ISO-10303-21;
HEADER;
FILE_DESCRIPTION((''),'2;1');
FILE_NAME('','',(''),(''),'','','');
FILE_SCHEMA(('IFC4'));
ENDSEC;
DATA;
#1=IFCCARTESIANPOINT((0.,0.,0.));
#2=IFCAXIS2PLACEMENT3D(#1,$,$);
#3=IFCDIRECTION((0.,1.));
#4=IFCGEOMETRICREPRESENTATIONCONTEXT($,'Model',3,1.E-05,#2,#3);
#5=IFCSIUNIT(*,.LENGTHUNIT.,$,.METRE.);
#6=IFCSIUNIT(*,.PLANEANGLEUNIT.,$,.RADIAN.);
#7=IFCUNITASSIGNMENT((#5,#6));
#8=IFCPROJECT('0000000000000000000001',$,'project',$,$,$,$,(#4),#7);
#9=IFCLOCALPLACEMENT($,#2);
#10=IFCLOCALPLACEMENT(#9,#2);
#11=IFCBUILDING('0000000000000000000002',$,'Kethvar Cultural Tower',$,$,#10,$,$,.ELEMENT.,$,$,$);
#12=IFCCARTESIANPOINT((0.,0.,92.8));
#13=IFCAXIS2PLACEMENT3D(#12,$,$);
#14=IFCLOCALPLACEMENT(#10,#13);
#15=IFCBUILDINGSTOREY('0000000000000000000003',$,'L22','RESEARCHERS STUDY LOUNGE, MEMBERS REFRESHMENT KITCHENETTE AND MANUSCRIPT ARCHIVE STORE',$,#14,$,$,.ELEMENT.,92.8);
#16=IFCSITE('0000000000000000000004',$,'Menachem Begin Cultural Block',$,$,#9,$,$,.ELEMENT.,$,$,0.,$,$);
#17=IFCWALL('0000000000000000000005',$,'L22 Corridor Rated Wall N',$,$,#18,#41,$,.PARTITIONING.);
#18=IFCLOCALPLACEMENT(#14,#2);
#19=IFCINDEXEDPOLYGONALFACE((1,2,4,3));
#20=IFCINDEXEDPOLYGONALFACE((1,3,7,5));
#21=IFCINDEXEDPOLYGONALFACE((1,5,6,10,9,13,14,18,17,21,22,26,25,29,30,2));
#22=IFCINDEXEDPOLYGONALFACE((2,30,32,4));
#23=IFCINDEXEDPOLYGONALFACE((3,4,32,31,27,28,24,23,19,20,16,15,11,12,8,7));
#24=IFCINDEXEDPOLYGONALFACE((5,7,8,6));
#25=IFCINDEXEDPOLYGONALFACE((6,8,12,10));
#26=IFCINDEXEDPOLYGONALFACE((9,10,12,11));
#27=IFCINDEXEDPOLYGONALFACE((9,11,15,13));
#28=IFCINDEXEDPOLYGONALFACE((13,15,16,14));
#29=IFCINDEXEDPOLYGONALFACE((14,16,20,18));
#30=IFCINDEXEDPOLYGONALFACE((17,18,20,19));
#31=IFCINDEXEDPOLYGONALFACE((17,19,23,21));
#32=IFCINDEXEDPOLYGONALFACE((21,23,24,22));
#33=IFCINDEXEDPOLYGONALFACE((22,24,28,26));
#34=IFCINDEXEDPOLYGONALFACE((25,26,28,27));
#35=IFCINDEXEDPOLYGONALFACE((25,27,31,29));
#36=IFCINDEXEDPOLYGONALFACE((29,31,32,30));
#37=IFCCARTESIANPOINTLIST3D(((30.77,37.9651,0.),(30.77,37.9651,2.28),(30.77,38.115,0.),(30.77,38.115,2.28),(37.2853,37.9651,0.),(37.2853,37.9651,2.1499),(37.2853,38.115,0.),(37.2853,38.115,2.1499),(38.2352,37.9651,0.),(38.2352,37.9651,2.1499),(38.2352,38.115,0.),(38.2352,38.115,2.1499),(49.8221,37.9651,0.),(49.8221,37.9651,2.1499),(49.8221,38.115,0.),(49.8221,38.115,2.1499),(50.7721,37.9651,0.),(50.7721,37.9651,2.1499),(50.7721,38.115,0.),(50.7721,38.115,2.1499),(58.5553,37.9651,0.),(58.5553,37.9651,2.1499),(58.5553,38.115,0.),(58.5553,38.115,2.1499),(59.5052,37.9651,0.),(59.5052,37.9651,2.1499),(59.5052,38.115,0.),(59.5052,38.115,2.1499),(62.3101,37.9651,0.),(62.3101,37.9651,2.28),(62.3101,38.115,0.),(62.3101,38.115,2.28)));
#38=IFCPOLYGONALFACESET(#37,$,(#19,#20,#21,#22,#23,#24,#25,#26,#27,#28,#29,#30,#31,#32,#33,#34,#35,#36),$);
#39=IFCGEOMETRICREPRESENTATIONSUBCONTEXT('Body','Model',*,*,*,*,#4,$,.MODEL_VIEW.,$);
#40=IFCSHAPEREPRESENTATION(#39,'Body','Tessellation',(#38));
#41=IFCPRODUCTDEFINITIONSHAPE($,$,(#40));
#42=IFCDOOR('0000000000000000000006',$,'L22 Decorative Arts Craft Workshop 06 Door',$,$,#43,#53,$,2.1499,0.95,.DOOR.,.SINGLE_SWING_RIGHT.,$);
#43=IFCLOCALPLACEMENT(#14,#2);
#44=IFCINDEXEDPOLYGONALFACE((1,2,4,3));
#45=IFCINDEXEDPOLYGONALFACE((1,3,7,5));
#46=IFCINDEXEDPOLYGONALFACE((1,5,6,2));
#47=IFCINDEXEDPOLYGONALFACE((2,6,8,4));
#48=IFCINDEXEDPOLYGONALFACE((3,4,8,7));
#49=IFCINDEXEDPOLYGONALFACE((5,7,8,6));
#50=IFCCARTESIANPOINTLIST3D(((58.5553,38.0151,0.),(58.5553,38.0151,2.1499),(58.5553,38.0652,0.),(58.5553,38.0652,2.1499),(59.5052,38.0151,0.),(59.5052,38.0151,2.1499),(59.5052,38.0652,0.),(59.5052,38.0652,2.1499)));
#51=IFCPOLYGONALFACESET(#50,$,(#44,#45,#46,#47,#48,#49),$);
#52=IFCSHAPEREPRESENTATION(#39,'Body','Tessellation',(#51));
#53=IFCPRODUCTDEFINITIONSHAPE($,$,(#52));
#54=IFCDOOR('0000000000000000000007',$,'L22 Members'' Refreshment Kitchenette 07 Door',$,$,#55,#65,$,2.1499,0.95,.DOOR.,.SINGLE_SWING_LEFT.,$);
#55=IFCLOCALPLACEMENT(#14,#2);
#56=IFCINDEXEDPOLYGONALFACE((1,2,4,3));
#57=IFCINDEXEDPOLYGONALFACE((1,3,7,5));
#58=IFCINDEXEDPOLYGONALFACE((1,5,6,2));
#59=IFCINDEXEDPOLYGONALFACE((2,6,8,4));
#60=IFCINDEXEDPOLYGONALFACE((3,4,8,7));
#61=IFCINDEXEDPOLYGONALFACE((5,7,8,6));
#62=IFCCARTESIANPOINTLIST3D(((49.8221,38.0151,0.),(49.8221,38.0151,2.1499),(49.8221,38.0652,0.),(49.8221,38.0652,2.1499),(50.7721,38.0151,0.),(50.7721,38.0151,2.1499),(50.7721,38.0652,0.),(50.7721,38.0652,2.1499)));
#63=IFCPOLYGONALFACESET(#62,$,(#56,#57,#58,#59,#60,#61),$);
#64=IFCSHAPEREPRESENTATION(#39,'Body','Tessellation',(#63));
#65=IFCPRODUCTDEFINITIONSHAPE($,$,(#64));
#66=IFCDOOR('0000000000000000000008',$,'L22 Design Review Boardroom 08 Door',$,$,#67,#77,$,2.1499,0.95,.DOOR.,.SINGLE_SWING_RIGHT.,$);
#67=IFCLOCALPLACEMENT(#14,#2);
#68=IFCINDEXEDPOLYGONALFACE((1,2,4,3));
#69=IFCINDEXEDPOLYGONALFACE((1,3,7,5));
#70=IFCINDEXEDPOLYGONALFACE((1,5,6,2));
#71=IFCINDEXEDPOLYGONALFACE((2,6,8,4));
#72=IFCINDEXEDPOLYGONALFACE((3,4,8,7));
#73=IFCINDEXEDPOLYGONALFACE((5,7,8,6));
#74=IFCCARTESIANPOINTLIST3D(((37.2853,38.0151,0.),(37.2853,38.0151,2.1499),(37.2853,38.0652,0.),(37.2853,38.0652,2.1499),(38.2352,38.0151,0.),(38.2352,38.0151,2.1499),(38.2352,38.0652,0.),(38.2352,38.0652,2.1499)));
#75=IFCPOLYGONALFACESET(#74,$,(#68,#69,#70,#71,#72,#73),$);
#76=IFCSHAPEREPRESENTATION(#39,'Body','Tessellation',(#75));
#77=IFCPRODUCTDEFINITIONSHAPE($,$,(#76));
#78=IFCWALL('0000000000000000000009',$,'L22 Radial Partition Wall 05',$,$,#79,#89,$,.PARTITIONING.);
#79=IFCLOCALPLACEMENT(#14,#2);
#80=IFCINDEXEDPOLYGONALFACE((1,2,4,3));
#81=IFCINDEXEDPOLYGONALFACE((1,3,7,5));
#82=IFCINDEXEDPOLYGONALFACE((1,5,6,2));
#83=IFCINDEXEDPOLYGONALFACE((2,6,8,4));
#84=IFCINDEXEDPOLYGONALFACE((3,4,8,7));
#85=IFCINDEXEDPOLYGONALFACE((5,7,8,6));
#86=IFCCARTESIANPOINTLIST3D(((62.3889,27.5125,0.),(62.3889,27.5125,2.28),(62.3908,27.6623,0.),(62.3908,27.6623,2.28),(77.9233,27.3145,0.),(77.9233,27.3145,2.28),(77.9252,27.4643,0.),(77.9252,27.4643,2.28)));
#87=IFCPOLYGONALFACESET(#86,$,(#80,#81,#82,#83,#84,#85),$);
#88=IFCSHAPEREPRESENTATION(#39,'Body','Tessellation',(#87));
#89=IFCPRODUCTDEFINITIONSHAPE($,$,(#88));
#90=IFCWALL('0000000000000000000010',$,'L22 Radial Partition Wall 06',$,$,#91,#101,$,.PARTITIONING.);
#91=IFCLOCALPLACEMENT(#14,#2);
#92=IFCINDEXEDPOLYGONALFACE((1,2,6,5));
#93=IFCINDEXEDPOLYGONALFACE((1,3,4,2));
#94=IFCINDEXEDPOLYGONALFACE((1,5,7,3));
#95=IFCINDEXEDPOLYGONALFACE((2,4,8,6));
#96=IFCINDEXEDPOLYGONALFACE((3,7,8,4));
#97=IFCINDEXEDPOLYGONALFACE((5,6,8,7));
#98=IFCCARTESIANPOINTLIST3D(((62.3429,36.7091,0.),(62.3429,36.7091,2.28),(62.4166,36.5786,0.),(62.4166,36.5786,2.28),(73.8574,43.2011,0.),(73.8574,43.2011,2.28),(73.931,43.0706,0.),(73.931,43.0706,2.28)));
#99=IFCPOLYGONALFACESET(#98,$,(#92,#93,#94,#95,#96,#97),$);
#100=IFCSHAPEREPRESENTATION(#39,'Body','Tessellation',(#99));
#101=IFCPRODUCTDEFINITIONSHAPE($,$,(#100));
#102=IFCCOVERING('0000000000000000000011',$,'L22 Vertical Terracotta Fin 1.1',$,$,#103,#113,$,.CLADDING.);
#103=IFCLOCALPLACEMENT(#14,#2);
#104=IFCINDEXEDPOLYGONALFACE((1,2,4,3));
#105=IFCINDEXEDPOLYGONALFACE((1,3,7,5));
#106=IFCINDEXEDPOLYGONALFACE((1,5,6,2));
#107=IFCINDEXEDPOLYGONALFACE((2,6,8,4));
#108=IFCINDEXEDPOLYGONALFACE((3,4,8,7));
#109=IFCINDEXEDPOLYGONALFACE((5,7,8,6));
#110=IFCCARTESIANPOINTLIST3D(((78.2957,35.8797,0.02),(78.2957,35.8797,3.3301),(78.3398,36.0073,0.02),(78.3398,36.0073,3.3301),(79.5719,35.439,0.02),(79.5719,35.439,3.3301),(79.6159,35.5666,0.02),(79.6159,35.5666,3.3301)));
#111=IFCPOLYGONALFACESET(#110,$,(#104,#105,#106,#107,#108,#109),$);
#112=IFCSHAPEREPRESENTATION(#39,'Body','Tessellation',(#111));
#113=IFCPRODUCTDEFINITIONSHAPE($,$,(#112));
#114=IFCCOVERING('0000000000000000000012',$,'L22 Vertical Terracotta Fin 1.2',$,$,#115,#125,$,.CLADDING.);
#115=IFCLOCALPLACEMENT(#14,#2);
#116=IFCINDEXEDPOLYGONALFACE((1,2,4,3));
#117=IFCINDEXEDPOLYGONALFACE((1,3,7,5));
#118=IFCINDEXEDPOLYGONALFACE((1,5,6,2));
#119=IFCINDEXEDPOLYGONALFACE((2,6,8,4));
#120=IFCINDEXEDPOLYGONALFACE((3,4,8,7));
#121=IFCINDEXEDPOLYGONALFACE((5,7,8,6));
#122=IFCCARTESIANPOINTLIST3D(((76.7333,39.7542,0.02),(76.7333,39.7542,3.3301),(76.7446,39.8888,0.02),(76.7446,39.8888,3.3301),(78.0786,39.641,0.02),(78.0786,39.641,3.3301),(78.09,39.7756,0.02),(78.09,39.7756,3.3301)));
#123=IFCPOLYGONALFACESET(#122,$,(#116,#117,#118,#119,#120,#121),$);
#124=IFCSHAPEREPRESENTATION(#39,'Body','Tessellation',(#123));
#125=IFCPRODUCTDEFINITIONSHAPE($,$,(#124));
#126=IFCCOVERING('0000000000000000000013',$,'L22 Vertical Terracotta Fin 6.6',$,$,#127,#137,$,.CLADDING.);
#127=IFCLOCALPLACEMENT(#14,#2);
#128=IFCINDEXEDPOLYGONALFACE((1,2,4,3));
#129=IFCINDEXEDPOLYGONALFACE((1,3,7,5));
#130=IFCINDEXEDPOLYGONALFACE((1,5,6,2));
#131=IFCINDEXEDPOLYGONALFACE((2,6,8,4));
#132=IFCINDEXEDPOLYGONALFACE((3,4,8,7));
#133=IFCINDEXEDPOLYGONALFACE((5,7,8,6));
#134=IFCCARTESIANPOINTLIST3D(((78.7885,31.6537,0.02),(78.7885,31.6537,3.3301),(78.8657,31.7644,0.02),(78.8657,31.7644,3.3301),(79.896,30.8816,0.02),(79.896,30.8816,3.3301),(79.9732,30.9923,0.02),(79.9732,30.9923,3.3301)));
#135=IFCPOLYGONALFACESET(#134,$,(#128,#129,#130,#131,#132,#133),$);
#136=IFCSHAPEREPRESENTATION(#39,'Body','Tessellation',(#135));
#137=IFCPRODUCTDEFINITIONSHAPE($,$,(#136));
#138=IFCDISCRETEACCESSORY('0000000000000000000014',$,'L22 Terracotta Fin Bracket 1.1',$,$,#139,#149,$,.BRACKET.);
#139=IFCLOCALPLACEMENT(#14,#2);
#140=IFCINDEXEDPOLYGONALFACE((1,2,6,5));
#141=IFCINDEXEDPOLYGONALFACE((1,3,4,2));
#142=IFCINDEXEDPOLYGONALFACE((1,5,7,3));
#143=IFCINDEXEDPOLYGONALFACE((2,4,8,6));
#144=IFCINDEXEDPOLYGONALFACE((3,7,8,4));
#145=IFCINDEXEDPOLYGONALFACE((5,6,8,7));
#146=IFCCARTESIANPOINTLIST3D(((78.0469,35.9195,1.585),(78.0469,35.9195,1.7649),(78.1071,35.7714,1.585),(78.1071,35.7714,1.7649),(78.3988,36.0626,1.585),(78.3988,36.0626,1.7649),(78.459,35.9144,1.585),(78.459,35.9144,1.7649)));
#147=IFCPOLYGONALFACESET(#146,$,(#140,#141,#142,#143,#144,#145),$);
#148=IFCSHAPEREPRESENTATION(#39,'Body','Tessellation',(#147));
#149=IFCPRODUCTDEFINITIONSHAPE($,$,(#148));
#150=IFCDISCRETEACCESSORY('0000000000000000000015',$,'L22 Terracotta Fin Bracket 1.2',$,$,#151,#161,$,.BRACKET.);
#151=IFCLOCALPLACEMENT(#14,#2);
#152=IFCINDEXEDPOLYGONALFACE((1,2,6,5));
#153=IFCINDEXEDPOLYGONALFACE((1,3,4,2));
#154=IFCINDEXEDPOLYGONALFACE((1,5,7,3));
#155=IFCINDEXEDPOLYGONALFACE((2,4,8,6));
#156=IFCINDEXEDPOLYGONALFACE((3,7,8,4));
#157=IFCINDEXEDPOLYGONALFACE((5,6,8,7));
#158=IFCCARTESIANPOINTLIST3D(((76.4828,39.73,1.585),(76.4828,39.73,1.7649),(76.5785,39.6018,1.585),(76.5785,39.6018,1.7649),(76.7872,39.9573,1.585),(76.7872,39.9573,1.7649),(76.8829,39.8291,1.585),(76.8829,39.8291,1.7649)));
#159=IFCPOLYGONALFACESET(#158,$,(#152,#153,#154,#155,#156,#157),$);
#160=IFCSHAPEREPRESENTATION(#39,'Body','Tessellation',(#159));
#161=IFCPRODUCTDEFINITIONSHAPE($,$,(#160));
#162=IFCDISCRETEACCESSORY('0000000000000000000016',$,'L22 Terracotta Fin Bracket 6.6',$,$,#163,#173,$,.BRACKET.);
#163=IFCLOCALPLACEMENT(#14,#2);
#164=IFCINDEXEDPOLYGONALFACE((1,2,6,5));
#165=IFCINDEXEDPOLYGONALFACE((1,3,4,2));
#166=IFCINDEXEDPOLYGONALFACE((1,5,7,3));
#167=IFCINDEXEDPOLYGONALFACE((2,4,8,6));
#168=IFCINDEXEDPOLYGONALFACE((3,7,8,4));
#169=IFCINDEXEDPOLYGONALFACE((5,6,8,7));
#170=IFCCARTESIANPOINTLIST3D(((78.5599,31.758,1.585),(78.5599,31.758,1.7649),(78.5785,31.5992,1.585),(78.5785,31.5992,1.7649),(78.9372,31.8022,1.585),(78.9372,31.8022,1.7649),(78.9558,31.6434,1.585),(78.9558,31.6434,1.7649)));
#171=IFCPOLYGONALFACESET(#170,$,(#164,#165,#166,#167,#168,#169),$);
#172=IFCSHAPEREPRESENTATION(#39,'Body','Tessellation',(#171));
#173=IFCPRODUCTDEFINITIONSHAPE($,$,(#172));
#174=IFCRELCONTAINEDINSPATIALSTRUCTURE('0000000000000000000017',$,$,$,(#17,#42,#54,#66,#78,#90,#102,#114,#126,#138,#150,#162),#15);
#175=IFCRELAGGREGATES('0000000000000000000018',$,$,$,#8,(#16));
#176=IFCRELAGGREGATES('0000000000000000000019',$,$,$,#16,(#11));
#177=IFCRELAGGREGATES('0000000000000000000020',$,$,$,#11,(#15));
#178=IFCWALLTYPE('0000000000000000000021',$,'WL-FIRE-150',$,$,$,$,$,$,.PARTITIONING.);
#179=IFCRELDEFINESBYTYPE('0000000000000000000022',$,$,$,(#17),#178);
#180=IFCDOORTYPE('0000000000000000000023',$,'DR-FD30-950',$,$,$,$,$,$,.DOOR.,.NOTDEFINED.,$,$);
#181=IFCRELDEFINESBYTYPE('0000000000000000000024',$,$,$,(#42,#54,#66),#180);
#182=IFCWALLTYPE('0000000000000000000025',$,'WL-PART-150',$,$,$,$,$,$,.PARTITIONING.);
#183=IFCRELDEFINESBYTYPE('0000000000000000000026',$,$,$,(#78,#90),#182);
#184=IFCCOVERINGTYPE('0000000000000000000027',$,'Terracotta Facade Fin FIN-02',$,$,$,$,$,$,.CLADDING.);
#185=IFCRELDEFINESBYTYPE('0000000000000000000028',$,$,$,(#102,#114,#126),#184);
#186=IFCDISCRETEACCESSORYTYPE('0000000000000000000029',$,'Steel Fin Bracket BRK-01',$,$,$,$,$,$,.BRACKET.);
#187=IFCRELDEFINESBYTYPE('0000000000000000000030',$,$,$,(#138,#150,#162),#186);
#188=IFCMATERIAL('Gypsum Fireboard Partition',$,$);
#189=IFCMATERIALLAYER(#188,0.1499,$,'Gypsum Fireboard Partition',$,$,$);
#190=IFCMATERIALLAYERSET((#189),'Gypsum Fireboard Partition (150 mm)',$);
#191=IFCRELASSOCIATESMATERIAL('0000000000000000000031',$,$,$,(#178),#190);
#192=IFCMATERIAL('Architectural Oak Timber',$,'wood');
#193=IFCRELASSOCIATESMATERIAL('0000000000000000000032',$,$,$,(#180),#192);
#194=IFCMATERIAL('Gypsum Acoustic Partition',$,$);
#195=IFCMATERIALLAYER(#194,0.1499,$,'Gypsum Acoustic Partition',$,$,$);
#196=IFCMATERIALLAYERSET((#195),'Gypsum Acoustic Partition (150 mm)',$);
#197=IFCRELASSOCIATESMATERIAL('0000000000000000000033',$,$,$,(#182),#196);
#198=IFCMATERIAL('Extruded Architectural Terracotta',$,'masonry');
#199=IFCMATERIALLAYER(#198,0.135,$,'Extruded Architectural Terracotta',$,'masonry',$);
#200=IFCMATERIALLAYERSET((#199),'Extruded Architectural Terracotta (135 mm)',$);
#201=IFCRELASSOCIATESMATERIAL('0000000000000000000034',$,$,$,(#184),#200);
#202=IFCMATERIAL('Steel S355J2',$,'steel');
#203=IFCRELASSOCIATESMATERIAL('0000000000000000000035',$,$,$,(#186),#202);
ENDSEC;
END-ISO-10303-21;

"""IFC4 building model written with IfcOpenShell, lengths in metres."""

from ifc_helpers import new_model, si_unit, direction, frame, frame_2d, origin, origin_2d, place, context, subcontext, project, spatial, rectangle, extrude, source, transform, mapped, material, layer, layer_set, type_object, element, fill, save


model = new_model("IFC4")

# Units and contexts
model_context = context("Model", 3, precision=1e-05, world=origin(), true_north=direction((0.0, 1.0)))
body_context = subcontext(model_context, "Body", "Model", "MODEL_VIEW")
ifc_project = project(units=[si_unit("LENGTHUNIT", "METRE"), si_unit("PLANEANGLEUNIT", "RADIAN")], contexts=[model_context])

# Site, building, storey
site_placement = place(None, origin())
site = spatial("IfcSite", under=ifc_project, at=site_placement, Name="Menachem Begin Cultural Block", CompositionType="ELEMENT", RefElevation=0.0)
building_placement = place(site_placement, origin())
building = spatial("IfcBuilding", under=site, at=building_placement, Name="Kethvar Cultural Tower", CompositionType="ELEMENT")
storey_placement = place(building_placement, frame((0.0, 0.0, 92.8)))
storey = spatial("IfcBuildingStorey", under=building, at=storey_placement, Name="L22", Description="RESEARCHERS STUDY LOUNGE, MEMBERS REFRESHMENT KITCHENETTE AND MANUSCRIPT ARCHIVE STORE", CompositionType="ELEMENT", Elevation=92.8)

# Shared definitions
ifc_material_1 = material(Name="Steel S355J2", Category="steel")

# Wall, openings, doors
ifc_material_2 = material(Name="Gypsum Fireboard Partition")
ifc_layer_1 = layer(ifc_material_2, 0.1499, Name="Gypsum Fireboard Partition")
ifc_layer_set_1 = layer_set([ifc_layer_1], Name="Gypsum Fireboard Partition (150 mm)")
wall_type_1 = type_object("IfcWallType", Name="WL-FIRE-150", PredefinedType="PARTITIONING", material=ifc_layer_set_1)
wall_1_placement = place(storey_placement, frame((62.3101, 38.04, 0.0), z_axis=(0.0, 0.0, 1.0), x_axis=(-1.0, 0.0, 0.0)))
wall_1 = element("IfcWall", 1, at=wall_1_placement, inside=storey, type_object=wall_type_1, Name="L22 Corridor Rated Wall N", PredefinedType="PARTITIONING", context=body_context, shape_type="SweptSolid", body=[
    extrude(rectangle(XDim=31.54, YDim=0.1499, at=frame_2d((15.77, 0.0))), origin(), (0.0, 0.0, 1.0), 2.28),
])
opening_1_placement = place(wall_1_placement, frame((2.8047, 0.0, 0.0)))
opening_1 = element("IfcOpeningElement", 2, at=opening_1_placement, cuts=wall_1, PredefinedType="OPENING", context=body_context, shape_type="SweptSolid", body=[
    extrude(rectangle(XDim=0.95, YDim=2.1499, at=frame_2d((0.4751, 1.075))), frame((0.0, 0.085, 0.0), z_axis=(0.0, -1.0, 0.0), x_axis=(1.0, 0.0, 0.0)), (0.0, 0.0, 1.0), 0.1699),
])
opening_2_placement = place(wall_1_placement, frame((11.5378, 0.0, 0.0)))
opening_2 = element("IfcOpeningElement", 3, at=opening_2_placement, cuts=wall_1, PredefinedType="OPENING", context=body_context, shape_type="SweptSolid", body=[
    extrude(rectangle(XDim=0.95, YDim=2.1499, at=frame_2d((0.4751, 1.075))), frame((0.0, 0.085, 0.0), z_axis=(0.0, -1.0, 0.0), x_axis=(1.0, 0.0, 0.0)), (0.0, 0.0, 1.0), 0.1699),
])
opening_3_placement = place(wall_1_placement, frame((24.0747, 0.0, 0.0)))
opening_3 = element("IfcOpeningElement", 4, at=opening_3_placement, cuts=wall_1, PredefinedType="OPENING", context=body_context, shape_type="SweptSolid", body=[
    extrude(rectangle(XDim=0.95, YDim=2.1499, at=frame_2d((0.4751, 1.075))), frame((0.0, 0.085, 0.0), z_axis=(0.0, -1.0, 0.0), x_axis=(1.0, 0.0, 0.0)), (0.0, 0.0, 1.0), 0.1699),
])
ifc_material_3 = material(Name="Architectural Oak Timber", Category="wood")
door_type = type_object("IfcDoorType", Name="DR-FD30-950", OperationType="NOTDEFINED", PredefinedType="DOOR", material=ifc_material_3)
shared_shape_1 = source(origin(), body_context, "Body", "SweptSolid", [
    extrude(rectangle(XDim=0.95, YDim=2.1499, at=frame_2d((0.4751, 1.075))), frame((0.0, 0.0249, 0.0), z_axis=(0.0, -1.0, 0.0), x_axis=(1.0, 0.0, 0.0)), (0.0, 0.0, 1.0), 0.05),
])
door_1_placement = place(opening_1_placement, origin())
door_1 = element("IfcDoor", 5, at=door_1_placement, inside=storey, type_object=door_type, Name="L22 Decorative Arts Craft Workshop 06 Door", OperationType="SINGLE_SWING_RIGHT", OverallHeight=2.1499, OverallWidth=0.95, PredefinedType="DOOR", context=body_context, shape_type="MappedRepresentation", body=[
    mapped(shared_shape_1, transform((0.0, 0.0, 0.0), scale=1.0)),
])
fill(opening_1, door_1)
door_2_placement = place(opening_2_placement, origin())
door_2 = element("IfcDoor", 6, at=door_2_placement, inside=storey, type_object=door_type, Name="L22 Members' Refreshment Kitchenette 07 Door", OperationType="SINGLE_SWING_LEFT", OverallHeight=2.1499, OverallWidth=0.95, PredefinedType="DOOR", context=body_context, shape_type="MappedRepresentation", body=[
    mapped(shared_shape_1, transform((0.0, 0.0, 0.0), scale=1.0)),
])
fill(opening_2, door_2)
door_3_placement = place(opening_3_placement, origin())
door_3 = element("IfcDoor", 7, at=door_3_placement, inside=storey, type_object=door_type, Name="L22 Design Review Boardroom 08 Door", OperationType="SINGLE_SWING_RIGHT", OverallHeight=2.1499, OverallWidth=0.95, PredefinedType="DOOR", context=body_context, shape_type="MappedRepresentation", body=[
    mapped(shared_shape_1, transform((0.0, 0.0, 0.0), scale=1.0)),
])
fill(opening_3, door_3)

# Walls
ifc_material_4 = material(Name="Gypsum Acoustic Partition")
ifc_layer_2 = layer(ifc_material_4, 0.1499, Name="Gypsum Acoustic Partition")
ifc_layer_set_2 = layer_set([ifc_layer_2], Name="Gypsum Acoustic Partition (150 mm)")
wall_type_2 = type_object("IfcWallType", Name="WL-PART-150", PredefinedType="PARTITIONING", material=ifc_layer_set_2)
wall_2_placement = place(storey_placement, frame((62.3899, 27.5874, 0.0), z_axis=(0.0, 0.0, 1.0), x_axis=(0.999919, -0.012745, 0.0)))
element("IfcWall", 8, at=wall_2_placement, inside=storey, type_object=wall_type_2, Name="L22 Radial Partition Wall 05", PredefinedType="PARTITIONING", context=body_context, shape_type="SweptSolid", body=[
    extrude(rectangle(XDim=15.5356, YDim=0.1499, at=frame_2d((7.7678, 0.0))), origin(), (0.0, 0.0, 1.0), 2.28),
])
wall_3_placement = place(storey_placement, frame((62.3796, 36.6438, 0.0), z_axis=(0.0, 0.0, 1.0), x_axis=(0.871087, 0.491128, 0.0)))
element("IfcWall", 9, at=wall_3_placement, inside=storey, type_object=wall_type_2, Name="L22 Radial Partition Wall 06", PredefinedType="PARTITIONING", context=body_context, shape_type="SweptSolid", body=[
    extrude(rectangle(XDim=13.2185, YDim=0.1499, at=frame_2d((6.6094, 0.0))), origin(), (0.0, 0.0, 1.0), 2.28),
])

# Coverings
ifc_material_5 = material(Name="Extruded Architectural Terracotta", Category="masonry")
ifc_layer_3 = layer(ifc_material_5, 0.135, Name="Extruded Architectural Terracotta", Category="masonry")
ifc_layer_set_3 = layer_set([ifc_layer_3], Name="Extruded Architectural Terracotta (135 mm)")
covering_type = type_object("IfcCoveringType", Name="Terracotta Facade Fin FIN-02", PredefinedType="CLADDING", material=ifc_layer_set_3)
shared_shape_2 = source(origin(), body_context, "Body", "SweptSolid", [
    extrude(rectangle(XDim=1.3501, YDim=0.135, at=origin_2d()), origin(), (0.0, 0.0, 1.0), 3.3101),
])
for number, where, z_axis, x_axis, name in (
    (10, (78.9558, 35.7231, 0.02), (0.0, 0.0, 1.0), (0.945234, -0.326393, 0.0), "L22 Vertical Terracotta Fin 1.1"),
    (11, (77.4116, 39.7649, 0.02), (0.0, 0.0, 1.0), (0.996478, -0.083852, 0.0), "L22 Vertical Terracotta Fin 1.2"),
    (12, (79.3809, 31.323, 0.02), (0.0, 0.0, 1.0), (0.820352, -0.57186, 0.0), "L22 Vertical Terracotta Fin 6.6"),
):
    element("IfcCovering", number, at=place(storey_placement, frame(where, z_axis=z_axis, x_axis=x_axis)), inside=storey, type_object=covering_type, Name=name, PredefinedType="CLADDING", context=body_context, shape_type="MappedRepresentation", body=[
        mapped(shared_shape_2, transform((0.0, 0.0, 0.0), scale=1.0)),
    ])

# Discrete accessories
discrete_accessory_type = type_object("IfcDiscreteAccessoryType", Name="Steel Fin Bracket BRK-01", PredefinedType="BRACKET", material=ifc_material_1)
shared_shape_3 = source(origin(), body_context, "Body", "SweptSolid", [
    extrude(rectangle(XDim=0.3799, YDim=0.1599, at=origin_2d()), origin(), (0.0, 0.0, 1.0), 0.1799),
])
for number, where, z_axis, x_axis, name in (
    (13, (78.2529, 35.917, 1.585), (0.0, 0.0, 1.0), (0.926397, 0.376548, 0.0), "L22 Terracotta Fin Bracket 1.1"),
    (14, (76.6829, 39.7795, 1.585), (0.0, 0.0, 1.0), (0.801254, 0.598325, 0.0), "L22 Terracotta Fin Bracket 1.2"),
    (15, (78.7578, 31.7007, 1.585), (0.0, 0.0, 1.0), (0.993211, 0.116324, 0.0), "L22 Terracotta Fin Bracket 6.6"),
):
    element("IfcDiscreteAccessory", number, at=place(storey_placement, frame(where, z_axis=z_axis, x_axis=x_axis)), inside=storey, type_object=discrete_accessory_type, Name=name, PredefinedType="BRACKET", context=body_context, shape_type="MappedRepresentation", body=[
        mapped(shared_shape_3, transform((0.0, 0.0, 0.0), scale=1.0)),
    ])

save(model, "model.ifc")
